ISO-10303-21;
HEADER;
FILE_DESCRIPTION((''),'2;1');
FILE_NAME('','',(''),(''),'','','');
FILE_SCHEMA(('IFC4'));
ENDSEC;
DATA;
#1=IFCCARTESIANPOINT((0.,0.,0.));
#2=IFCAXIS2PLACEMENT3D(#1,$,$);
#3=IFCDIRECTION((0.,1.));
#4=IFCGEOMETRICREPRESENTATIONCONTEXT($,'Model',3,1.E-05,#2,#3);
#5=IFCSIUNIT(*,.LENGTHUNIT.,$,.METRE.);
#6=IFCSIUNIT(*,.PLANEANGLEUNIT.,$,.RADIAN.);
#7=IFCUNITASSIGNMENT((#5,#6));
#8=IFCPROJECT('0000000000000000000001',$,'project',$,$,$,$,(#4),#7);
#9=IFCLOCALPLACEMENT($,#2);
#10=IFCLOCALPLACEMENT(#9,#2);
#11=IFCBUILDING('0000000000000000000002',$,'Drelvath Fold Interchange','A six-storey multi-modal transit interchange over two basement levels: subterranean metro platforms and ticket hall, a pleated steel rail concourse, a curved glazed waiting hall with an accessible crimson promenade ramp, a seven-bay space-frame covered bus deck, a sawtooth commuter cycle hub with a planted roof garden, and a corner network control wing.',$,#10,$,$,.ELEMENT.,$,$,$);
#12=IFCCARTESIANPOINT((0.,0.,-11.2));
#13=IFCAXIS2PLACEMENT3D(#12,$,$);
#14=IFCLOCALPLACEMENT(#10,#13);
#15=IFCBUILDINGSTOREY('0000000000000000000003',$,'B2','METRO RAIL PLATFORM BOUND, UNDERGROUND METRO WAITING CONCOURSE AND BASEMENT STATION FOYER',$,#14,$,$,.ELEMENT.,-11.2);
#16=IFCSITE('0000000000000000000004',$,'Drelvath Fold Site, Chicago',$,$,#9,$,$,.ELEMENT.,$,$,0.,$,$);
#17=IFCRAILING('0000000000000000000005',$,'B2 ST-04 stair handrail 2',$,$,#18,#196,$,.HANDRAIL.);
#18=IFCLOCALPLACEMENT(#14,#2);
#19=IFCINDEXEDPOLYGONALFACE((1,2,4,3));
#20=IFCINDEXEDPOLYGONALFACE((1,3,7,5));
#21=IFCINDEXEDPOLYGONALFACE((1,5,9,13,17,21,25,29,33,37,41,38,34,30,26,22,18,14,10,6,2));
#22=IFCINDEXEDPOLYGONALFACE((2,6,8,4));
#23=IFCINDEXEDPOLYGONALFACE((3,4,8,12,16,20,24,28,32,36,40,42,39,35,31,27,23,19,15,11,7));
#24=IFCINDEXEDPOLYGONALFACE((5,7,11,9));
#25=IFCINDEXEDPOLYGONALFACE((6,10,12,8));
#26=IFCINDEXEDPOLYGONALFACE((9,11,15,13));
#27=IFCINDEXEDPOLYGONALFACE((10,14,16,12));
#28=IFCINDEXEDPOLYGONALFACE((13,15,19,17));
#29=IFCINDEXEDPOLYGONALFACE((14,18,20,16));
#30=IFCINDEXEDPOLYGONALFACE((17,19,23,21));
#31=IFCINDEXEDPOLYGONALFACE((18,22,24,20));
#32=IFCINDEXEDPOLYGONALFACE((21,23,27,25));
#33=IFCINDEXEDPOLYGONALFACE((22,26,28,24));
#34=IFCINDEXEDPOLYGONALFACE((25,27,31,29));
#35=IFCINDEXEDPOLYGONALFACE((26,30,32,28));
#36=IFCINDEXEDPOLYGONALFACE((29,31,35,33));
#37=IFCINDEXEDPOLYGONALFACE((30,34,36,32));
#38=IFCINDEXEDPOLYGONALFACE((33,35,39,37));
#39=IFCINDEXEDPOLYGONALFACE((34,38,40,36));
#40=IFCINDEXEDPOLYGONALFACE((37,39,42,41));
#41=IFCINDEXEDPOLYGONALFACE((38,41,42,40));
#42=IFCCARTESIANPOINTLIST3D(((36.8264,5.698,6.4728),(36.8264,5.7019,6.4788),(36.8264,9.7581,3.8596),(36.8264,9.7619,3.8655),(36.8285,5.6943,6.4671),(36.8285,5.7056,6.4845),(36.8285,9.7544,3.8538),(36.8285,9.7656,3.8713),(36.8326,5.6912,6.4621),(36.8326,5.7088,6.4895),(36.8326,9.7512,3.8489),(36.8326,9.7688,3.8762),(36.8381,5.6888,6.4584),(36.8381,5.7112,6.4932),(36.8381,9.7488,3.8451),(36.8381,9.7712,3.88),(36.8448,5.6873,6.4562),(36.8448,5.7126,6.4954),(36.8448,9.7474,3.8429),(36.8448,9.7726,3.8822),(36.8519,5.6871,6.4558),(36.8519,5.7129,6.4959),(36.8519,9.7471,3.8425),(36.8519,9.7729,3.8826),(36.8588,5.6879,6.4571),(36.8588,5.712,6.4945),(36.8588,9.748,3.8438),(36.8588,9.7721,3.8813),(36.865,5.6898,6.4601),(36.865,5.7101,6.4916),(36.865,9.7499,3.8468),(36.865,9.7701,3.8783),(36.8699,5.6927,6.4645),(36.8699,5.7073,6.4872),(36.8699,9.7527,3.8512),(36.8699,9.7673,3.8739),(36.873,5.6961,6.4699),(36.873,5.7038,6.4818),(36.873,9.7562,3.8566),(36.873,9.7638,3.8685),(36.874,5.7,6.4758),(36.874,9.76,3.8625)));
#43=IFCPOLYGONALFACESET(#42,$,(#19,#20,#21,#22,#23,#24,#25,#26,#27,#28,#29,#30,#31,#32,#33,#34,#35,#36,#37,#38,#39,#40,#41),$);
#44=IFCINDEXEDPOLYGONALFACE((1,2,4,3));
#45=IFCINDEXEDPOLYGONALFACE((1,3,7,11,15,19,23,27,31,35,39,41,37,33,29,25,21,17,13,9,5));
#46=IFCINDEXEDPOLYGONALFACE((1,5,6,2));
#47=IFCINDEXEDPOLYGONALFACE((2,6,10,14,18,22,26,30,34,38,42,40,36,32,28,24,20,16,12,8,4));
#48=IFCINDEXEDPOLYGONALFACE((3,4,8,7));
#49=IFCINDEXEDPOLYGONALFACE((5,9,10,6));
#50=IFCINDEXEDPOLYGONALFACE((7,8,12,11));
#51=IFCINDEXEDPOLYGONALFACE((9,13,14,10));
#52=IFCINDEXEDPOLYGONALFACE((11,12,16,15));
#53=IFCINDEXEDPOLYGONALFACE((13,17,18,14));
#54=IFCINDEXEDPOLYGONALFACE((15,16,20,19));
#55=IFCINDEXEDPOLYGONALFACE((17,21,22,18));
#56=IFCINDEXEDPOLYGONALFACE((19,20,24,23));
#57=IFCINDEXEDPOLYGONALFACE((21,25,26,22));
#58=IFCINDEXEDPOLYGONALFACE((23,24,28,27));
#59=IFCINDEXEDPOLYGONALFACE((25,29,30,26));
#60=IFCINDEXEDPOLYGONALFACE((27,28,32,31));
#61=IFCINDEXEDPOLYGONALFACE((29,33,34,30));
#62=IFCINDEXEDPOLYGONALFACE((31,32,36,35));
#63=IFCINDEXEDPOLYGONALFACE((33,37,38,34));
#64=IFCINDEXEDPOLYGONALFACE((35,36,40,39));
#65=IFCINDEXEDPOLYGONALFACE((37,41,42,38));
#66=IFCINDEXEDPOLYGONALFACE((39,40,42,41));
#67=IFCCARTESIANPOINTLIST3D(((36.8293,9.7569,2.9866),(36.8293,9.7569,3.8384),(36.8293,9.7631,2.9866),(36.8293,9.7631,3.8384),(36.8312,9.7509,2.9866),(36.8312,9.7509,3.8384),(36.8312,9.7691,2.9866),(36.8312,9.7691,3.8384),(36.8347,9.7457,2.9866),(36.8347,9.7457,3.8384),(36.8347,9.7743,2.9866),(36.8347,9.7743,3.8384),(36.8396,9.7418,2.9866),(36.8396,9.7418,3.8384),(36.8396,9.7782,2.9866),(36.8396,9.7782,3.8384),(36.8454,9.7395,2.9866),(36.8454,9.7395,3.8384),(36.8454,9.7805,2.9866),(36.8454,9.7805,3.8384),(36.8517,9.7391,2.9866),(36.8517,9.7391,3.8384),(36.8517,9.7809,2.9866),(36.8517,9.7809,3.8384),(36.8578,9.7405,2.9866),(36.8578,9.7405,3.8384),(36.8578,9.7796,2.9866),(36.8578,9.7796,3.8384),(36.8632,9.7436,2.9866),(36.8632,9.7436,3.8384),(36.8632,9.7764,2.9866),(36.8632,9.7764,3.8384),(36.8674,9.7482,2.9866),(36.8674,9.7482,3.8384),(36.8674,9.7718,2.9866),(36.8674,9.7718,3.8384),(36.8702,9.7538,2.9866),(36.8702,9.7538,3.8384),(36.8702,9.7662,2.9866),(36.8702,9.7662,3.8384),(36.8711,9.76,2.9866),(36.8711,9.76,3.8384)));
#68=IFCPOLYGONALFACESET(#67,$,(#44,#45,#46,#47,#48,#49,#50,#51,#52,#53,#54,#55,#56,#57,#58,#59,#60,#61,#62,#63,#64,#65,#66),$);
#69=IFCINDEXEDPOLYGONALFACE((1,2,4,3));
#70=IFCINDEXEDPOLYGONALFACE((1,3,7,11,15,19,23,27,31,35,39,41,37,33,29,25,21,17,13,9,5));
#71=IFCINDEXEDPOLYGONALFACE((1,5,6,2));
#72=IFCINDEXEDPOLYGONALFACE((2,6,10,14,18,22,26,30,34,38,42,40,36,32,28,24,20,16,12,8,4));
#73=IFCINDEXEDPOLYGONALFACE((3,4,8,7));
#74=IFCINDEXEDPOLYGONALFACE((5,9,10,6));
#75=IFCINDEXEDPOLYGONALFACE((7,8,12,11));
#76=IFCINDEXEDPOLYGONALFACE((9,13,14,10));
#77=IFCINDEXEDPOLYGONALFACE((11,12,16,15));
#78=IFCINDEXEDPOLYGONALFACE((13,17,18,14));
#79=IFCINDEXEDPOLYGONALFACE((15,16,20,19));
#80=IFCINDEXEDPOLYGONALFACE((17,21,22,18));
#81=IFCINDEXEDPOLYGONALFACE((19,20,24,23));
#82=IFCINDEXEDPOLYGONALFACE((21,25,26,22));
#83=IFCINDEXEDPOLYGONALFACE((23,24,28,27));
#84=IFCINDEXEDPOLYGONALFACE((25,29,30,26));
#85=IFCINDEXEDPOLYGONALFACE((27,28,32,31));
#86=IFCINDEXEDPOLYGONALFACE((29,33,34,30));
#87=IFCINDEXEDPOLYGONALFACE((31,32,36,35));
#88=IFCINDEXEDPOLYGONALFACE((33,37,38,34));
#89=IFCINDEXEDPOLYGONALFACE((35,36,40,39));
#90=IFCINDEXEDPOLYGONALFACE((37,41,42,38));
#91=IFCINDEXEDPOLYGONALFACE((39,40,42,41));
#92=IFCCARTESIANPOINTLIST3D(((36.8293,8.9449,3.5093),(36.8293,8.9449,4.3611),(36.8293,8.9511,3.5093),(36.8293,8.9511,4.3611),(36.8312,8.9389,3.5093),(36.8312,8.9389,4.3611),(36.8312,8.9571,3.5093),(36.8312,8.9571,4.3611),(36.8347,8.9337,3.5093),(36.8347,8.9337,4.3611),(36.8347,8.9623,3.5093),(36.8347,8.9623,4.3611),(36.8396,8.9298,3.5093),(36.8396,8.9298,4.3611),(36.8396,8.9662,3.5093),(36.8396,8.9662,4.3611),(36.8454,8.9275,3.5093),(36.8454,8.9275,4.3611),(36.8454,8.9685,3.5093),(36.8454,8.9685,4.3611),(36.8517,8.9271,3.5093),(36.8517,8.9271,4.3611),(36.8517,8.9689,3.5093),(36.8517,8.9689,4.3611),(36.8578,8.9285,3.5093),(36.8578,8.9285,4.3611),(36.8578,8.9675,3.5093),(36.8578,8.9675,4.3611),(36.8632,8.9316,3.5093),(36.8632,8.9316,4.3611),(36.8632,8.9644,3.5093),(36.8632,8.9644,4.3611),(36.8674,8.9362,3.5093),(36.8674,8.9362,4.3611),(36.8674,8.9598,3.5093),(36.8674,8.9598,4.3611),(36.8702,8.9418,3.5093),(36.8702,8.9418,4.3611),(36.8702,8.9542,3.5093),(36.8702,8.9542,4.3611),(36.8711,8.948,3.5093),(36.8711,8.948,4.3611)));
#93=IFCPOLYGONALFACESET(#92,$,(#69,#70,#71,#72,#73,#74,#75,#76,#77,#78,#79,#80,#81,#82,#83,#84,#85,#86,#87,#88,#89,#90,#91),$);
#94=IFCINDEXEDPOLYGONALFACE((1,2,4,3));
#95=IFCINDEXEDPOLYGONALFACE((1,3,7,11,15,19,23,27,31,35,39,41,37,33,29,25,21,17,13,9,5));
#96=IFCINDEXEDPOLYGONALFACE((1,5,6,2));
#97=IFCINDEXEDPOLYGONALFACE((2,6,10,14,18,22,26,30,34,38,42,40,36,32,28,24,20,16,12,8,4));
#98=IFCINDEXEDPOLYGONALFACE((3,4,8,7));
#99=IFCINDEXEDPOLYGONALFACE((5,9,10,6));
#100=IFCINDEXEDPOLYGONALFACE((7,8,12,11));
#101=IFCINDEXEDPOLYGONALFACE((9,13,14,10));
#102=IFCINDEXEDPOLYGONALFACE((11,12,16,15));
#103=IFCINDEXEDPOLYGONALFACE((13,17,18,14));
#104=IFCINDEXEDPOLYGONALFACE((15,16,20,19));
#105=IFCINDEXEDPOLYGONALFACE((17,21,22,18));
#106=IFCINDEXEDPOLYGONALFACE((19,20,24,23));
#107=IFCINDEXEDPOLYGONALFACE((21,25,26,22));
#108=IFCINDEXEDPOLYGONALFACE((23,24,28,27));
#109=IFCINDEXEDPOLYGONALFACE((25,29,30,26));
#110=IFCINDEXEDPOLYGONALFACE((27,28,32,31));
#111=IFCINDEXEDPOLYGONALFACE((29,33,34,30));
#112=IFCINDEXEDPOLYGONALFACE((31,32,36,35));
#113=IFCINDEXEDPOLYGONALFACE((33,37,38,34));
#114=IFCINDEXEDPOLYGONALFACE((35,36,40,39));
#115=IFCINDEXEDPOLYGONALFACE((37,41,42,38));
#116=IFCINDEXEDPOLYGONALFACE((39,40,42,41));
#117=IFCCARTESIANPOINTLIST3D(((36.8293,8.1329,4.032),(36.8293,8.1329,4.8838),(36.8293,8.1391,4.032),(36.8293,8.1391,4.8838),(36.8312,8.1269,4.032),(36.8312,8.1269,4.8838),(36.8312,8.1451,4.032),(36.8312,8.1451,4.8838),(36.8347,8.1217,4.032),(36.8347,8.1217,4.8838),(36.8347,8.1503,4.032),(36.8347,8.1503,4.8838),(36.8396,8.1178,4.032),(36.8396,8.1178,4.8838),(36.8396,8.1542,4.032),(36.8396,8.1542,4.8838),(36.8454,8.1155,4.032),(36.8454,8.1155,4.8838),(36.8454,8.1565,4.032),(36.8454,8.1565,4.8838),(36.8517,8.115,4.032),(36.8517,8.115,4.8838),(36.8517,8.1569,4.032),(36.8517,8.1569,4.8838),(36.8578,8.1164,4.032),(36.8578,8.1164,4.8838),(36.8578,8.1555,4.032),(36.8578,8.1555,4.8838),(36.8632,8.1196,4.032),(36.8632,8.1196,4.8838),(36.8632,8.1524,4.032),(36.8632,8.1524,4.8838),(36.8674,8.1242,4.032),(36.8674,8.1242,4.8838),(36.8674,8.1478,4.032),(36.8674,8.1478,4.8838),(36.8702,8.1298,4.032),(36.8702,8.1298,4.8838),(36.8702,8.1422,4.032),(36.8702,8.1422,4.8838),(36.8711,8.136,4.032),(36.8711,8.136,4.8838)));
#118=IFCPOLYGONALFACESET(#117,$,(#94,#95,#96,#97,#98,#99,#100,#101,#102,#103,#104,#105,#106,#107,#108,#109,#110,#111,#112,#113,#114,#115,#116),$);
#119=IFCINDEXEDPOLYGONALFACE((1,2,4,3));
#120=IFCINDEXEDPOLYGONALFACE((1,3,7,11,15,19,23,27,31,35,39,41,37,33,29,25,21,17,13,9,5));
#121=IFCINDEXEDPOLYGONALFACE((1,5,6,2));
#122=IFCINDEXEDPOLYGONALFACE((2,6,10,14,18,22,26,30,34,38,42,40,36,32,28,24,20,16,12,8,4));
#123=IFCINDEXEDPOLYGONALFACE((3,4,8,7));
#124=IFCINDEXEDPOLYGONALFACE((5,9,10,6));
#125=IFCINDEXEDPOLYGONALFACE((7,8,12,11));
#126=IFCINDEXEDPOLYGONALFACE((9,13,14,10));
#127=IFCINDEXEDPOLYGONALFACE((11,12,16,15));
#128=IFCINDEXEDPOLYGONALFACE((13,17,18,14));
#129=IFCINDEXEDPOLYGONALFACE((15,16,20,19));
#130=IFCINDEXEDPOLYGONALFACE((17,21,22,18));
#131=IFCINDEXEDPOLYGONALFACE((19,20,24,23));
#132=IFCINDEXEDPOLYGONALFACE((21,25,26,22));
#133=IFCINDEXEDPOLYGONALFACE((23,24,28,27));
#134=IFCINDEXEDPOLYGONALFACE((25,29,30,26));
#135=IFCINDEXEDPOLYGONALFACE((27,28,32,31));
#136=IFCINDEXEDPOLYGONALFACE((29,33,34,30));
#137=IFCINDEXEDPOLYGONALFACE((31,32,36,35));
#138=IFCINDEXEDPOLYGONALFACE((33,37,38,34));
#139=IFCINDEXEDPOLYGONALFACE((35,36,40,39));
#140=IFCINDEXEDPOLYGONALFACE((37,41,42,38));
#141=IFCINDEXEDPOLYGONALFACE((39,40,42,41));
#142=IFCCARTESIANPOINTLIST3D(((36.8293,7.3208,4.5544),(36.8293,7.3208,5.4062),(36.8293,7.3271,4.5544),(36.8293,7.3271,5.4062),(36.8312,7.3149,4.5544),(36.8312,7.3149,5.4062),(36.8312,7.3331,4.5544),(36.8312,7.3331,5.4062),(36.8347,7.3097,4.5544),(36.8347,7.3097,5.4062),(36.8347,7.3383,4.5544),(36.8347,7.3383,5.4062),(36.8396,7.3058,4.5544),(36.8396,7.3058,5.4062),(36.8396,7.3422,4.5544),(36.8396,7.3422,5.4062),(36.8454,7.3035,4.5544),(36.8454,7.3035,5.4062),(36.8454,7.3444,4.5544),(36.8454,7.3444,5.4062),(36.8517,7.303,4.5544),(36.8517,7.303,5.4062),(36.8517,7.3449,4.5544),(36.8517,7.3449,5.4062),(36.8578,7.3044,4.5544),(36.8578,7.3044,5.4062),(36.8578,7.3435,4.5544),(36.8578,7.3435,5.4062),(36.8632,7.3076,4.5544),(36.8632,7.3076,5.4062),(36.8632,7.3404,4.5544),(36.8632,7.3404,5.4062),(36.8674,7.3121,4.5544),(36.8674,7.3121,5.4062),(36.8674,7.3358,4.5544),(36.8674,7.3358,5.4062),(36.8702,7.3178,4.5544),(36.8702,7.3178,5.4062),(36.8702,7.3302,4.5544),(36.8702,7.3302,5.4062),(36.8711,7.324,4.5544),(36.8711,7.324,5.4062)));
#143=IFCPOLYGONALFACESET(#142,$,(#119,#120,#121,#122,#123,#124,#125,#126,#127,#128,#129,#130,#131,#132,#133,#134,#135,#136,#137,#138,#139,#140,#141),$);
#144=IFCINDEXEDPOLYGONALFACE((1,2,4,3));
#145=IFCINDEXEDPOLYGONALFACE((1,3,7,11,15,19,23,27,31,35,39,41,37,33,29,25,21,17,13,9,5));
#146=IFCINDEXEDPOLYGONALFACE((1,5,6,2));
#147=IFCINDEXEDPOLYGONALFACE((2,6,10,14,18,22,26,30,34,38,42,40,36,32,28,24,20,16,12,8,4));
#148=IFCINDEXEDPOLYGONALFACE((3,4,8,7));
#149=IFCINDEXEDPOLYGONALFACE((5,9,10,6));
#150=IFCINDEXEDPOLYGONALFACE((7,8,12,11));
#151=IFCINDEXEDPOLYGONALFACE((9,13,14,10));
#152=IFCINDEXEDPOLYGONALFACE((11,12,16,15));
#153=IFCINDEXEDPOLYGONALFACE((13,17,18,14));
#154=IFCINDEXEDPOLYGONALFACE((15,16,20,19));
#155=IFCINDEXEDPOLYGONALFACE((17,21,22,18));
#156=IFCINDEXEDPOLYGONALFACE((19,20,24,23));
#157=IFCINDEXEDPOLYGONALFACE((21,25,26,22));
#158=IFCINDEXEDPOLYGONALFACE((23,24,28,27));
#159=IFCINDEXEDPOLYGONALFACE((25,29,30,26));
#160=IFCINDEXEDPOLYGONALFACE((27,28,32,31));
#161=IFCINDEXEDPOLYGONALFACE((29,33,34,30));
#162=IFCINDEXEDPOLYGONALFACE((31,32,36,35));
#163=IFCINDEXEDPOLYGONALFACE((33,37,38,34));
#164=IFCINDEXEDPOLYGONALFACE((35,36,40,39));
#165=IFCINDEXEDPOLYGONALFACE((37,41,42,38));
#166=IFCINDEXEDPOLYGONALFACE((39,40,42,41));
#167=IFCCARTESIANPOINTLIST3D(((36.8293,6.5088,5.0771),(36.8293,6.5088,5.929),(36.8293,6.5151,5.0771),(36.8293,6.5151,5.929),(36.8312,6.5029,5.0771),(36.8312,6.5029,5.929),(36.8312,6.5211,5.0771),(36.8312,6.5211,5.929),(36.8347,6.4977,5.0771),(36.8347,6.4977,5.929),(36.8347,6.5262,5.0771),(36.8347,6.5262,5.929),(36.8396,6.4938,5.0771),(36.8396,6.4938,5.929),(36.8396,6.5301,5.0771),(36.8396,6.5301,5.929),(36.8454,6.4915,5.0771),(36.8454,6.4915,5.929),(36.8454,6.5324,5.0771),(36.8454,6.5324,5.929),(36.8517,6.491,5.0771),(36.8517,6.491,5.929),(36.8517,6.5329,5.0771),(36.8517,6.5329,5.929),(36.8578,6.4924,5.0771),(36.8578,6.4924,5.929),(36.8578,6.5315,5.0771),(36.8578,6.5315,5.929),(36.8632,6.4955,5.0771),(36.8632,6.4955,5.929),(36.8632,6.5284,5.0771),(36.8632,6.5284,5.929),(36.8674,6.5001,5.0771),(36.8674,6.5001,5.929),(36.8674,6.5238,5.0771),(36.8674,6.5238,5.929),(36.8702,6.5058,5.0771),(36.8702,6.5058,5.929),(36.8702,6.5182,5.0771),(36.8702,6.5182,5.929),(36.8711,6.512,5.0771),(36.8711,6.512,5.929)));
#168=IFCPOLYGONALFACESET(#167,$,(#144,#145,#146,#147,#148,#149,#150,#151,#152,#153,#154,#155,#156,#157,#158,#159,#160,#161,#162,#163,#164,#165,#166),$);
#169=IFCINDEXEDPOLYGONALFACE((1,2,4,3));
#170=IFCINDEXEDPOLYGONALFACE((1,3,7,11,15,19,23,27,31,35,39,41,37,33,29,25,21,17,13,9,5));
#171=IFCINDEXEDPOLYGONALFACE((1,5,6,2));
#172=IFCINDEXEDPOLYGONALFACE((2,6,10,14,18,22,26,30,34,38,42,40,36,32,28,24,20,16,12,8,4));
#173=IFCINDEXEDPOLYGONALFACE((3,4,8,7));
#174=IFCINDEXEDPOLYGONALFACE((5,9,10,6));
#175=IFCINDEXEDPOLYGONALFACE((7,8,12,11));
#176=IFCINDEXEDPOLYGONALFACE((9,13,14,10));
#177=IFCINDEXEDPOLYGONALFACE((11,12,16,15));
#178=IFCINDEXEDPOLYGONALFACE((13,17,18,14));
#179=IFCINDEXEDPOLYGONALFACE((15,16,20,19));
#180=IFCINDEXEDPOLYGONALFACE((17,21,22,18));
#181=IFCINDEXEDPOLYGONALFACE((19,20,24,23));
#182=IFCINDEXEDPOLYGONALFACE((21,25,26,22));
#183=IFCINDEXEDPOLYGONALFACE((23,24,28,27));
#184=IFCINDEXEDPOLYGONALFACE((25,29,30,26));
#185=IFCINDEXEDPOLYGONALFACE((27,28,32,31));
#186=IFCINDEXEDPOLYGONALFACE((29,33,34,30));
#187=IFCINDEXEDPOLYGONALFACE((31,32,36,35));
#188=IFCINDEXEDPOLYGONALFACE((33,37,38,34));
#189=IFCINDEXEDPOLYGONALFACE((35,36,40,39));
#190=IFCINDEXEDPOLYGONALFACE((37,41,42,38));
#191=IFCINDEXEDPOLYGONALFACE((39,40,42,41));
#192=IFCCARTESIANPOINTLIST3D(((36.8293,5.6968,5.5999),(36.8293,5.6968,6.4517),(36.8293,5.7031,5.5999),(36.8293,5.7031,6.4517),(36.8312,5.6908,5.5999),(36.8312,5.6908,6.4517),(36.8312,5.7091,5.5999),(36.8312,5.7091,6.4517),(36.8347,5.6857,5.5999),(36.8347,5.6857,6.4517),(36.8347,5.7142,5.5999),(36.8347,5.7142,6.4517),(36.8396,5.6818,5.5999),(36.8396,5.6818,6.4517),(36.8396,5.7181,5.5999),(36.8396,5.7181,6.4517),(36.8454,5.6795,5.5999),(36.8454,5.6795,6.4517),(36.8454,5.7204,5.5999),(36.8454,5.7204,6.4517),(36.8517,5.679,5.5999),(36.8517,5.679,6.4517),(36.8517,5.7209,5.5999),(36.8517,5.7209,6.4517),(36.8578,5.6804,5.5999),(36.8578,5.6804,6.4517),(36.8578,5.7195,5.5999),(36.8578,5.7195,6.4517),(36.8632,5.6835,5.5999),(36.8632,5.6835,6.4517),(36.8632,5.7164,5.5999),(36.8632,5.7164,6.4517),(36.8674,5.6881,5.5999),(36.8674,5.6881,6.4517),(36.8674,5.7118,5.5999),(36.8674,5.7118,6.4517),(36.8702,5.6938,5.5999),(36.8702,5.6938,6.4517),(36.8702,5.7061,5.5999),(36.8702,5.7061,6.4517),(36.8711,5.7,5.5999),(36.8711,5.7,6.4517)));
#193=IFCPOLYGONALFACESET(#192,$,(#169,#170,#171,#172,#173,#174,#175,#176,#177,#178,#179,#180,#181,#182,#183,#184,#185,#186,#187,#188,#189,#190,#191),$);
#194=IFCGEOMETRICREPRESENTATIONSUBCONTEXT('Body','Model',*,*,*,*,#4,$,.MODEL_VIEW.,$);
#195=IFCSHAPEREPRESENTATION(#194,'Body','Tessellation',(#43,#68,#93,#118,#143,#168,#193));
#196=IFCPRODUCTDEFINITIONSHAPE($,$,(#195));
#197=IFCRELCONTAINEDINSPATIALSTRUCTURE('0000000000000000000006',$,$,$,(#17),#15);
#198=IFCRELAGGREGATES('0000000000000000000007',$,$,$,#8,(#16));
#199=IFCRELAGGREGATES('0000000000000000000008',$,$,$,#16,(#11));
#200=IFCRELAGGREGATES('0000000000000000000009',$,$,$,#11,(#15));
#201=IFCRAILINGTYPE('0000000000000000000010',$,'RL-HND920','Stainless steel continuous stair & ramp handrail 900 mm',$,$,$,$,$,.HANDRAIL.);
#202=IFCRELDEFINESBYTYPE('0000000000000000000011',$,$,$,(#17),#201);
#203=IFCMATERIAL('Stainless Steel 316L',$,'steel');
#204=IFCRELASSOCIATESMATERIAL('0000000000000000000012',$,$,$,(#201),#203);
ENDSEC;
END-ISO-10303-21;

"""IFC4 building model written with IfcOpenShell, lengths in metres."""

from ifc_helpers import new_model, si_unit, direction, frame, origin, origin_2d, place, context, subcontext, project, spatial, circle, extrude, material, type_object, element, save


model = new_model("IFC4")

# Units and contexts
model_context = context("Model", 3, precision=1e-05, world=origin(), true_north=direction((0.0, 1.0)))
body_context = subcontext(model_context, "Body", "Model", "MODEL_VIEW")
ifc_project = project(units=[si_unit("LENGTHUNIT", "METRE"), si_unit("PLANEANGLEUNIT", "RADIAN")], contexts=[model_context])

# Site, building, storey
site_placement = place(None, origin())
site = spatial("IfcSite", under=ifc_project, at=site_placement, Name="Drelvath Fold Site, Chicago", CompositionType="ELEMENT", RefElevation=0.0)
building_placement = place(site_placement, origin())
building = spatial("IfcBuilding", under=site, at=building_placement, Name="Drelvath Fold Interchange", Description="A six-storey multi-modal transit interchange over two basement levels: subterranean metro platforms and ticket hall, a pleated steel rail concourse, a curved glazed waiting hall with an accessible crimson promenade ramp, a seven-bay space-frame covered bus deck, a sawtooth commuter cycle hub with a planted roof garden, and a corner network control wing.", CompositionType="ELEMENT")
storey_placement = place(building_placement, frame((0.0, 0.0, -11.2)))
storey = spatial("IfcBuildingStorey", under=building, at=storey_placement, Name="B2", Description="METRO RAIL PLATFORM BOUND, UNDERGROUND METRO WAITING CONCOURSE AND BASEMENT STATION FOYER", CompositionType="ELEMENT", Elevation=-11.2)

# Railing
ifc_material_1 = material(Name="Stainless Steel 316L", Category="steel")
railing_type_1 = type_object("IfcRailingType", Name="RL-HND920", Description="Stainless steel continuous stair & ramp handrail 900 mm", PredefinedType="HANDRAIL", material=ifc_material_1)
railing_1_placement = place(storey_placement, frame((36.8501, 9.76, 2.9866)))
element("IfcRailing", 1, at=railing_1_placement, inside=storey, type_object=railing_type_1, Name="B2 ST-04 stair handrail 2", PredefinedType="HANDRAIL", context=body_context, shape_type="SweptSolid", body=[
    extrude(circle(Radius=0.0239, at=origin_2d()), frame((0.0, 0.0, 0.876), z_axis=(0.0, -0.840873, 0.541233), x_axis=(1.0, 0.0, 0.0)), (0.0, 0.0, 1.0), 4.8284),
    extrude(circle(Radius=0.021, at=origin_2d()), origin(), (0.0, 0.0, 1.0), 0.8518),
    extrude(circle(Radius=0.021, at=origin_2d()), frame((0.0, -0.812, 0.5227)), (0.0, 0.0, 1.0), 0.8518),
    extrude(circle(Radius=0.021, at=origin_2d()), frame((0.0, -1.624, 1.0454)), (0.0, 0.0, 1.0), 0.8518),
    extrude(circle(Radius=0.021, at=origin_2d()), frame((0.0, -2.436, 1.5679)), (0.0, 0.0, 1.0), 0.8518),
    extrude(circle(Radius=0.021, at=origin_2d()), frame((0.0, -3.248, 2.0906)), (0.0, 0.0, 1.0), 0.8518),
    extrude(circle(Radius=0.021, at=origin_2d()), frame((0.0, -4.0601, 2.6133)), (0.0, 0.0, 1.0), 0.8518),
])

save(model, "model.ifc")
